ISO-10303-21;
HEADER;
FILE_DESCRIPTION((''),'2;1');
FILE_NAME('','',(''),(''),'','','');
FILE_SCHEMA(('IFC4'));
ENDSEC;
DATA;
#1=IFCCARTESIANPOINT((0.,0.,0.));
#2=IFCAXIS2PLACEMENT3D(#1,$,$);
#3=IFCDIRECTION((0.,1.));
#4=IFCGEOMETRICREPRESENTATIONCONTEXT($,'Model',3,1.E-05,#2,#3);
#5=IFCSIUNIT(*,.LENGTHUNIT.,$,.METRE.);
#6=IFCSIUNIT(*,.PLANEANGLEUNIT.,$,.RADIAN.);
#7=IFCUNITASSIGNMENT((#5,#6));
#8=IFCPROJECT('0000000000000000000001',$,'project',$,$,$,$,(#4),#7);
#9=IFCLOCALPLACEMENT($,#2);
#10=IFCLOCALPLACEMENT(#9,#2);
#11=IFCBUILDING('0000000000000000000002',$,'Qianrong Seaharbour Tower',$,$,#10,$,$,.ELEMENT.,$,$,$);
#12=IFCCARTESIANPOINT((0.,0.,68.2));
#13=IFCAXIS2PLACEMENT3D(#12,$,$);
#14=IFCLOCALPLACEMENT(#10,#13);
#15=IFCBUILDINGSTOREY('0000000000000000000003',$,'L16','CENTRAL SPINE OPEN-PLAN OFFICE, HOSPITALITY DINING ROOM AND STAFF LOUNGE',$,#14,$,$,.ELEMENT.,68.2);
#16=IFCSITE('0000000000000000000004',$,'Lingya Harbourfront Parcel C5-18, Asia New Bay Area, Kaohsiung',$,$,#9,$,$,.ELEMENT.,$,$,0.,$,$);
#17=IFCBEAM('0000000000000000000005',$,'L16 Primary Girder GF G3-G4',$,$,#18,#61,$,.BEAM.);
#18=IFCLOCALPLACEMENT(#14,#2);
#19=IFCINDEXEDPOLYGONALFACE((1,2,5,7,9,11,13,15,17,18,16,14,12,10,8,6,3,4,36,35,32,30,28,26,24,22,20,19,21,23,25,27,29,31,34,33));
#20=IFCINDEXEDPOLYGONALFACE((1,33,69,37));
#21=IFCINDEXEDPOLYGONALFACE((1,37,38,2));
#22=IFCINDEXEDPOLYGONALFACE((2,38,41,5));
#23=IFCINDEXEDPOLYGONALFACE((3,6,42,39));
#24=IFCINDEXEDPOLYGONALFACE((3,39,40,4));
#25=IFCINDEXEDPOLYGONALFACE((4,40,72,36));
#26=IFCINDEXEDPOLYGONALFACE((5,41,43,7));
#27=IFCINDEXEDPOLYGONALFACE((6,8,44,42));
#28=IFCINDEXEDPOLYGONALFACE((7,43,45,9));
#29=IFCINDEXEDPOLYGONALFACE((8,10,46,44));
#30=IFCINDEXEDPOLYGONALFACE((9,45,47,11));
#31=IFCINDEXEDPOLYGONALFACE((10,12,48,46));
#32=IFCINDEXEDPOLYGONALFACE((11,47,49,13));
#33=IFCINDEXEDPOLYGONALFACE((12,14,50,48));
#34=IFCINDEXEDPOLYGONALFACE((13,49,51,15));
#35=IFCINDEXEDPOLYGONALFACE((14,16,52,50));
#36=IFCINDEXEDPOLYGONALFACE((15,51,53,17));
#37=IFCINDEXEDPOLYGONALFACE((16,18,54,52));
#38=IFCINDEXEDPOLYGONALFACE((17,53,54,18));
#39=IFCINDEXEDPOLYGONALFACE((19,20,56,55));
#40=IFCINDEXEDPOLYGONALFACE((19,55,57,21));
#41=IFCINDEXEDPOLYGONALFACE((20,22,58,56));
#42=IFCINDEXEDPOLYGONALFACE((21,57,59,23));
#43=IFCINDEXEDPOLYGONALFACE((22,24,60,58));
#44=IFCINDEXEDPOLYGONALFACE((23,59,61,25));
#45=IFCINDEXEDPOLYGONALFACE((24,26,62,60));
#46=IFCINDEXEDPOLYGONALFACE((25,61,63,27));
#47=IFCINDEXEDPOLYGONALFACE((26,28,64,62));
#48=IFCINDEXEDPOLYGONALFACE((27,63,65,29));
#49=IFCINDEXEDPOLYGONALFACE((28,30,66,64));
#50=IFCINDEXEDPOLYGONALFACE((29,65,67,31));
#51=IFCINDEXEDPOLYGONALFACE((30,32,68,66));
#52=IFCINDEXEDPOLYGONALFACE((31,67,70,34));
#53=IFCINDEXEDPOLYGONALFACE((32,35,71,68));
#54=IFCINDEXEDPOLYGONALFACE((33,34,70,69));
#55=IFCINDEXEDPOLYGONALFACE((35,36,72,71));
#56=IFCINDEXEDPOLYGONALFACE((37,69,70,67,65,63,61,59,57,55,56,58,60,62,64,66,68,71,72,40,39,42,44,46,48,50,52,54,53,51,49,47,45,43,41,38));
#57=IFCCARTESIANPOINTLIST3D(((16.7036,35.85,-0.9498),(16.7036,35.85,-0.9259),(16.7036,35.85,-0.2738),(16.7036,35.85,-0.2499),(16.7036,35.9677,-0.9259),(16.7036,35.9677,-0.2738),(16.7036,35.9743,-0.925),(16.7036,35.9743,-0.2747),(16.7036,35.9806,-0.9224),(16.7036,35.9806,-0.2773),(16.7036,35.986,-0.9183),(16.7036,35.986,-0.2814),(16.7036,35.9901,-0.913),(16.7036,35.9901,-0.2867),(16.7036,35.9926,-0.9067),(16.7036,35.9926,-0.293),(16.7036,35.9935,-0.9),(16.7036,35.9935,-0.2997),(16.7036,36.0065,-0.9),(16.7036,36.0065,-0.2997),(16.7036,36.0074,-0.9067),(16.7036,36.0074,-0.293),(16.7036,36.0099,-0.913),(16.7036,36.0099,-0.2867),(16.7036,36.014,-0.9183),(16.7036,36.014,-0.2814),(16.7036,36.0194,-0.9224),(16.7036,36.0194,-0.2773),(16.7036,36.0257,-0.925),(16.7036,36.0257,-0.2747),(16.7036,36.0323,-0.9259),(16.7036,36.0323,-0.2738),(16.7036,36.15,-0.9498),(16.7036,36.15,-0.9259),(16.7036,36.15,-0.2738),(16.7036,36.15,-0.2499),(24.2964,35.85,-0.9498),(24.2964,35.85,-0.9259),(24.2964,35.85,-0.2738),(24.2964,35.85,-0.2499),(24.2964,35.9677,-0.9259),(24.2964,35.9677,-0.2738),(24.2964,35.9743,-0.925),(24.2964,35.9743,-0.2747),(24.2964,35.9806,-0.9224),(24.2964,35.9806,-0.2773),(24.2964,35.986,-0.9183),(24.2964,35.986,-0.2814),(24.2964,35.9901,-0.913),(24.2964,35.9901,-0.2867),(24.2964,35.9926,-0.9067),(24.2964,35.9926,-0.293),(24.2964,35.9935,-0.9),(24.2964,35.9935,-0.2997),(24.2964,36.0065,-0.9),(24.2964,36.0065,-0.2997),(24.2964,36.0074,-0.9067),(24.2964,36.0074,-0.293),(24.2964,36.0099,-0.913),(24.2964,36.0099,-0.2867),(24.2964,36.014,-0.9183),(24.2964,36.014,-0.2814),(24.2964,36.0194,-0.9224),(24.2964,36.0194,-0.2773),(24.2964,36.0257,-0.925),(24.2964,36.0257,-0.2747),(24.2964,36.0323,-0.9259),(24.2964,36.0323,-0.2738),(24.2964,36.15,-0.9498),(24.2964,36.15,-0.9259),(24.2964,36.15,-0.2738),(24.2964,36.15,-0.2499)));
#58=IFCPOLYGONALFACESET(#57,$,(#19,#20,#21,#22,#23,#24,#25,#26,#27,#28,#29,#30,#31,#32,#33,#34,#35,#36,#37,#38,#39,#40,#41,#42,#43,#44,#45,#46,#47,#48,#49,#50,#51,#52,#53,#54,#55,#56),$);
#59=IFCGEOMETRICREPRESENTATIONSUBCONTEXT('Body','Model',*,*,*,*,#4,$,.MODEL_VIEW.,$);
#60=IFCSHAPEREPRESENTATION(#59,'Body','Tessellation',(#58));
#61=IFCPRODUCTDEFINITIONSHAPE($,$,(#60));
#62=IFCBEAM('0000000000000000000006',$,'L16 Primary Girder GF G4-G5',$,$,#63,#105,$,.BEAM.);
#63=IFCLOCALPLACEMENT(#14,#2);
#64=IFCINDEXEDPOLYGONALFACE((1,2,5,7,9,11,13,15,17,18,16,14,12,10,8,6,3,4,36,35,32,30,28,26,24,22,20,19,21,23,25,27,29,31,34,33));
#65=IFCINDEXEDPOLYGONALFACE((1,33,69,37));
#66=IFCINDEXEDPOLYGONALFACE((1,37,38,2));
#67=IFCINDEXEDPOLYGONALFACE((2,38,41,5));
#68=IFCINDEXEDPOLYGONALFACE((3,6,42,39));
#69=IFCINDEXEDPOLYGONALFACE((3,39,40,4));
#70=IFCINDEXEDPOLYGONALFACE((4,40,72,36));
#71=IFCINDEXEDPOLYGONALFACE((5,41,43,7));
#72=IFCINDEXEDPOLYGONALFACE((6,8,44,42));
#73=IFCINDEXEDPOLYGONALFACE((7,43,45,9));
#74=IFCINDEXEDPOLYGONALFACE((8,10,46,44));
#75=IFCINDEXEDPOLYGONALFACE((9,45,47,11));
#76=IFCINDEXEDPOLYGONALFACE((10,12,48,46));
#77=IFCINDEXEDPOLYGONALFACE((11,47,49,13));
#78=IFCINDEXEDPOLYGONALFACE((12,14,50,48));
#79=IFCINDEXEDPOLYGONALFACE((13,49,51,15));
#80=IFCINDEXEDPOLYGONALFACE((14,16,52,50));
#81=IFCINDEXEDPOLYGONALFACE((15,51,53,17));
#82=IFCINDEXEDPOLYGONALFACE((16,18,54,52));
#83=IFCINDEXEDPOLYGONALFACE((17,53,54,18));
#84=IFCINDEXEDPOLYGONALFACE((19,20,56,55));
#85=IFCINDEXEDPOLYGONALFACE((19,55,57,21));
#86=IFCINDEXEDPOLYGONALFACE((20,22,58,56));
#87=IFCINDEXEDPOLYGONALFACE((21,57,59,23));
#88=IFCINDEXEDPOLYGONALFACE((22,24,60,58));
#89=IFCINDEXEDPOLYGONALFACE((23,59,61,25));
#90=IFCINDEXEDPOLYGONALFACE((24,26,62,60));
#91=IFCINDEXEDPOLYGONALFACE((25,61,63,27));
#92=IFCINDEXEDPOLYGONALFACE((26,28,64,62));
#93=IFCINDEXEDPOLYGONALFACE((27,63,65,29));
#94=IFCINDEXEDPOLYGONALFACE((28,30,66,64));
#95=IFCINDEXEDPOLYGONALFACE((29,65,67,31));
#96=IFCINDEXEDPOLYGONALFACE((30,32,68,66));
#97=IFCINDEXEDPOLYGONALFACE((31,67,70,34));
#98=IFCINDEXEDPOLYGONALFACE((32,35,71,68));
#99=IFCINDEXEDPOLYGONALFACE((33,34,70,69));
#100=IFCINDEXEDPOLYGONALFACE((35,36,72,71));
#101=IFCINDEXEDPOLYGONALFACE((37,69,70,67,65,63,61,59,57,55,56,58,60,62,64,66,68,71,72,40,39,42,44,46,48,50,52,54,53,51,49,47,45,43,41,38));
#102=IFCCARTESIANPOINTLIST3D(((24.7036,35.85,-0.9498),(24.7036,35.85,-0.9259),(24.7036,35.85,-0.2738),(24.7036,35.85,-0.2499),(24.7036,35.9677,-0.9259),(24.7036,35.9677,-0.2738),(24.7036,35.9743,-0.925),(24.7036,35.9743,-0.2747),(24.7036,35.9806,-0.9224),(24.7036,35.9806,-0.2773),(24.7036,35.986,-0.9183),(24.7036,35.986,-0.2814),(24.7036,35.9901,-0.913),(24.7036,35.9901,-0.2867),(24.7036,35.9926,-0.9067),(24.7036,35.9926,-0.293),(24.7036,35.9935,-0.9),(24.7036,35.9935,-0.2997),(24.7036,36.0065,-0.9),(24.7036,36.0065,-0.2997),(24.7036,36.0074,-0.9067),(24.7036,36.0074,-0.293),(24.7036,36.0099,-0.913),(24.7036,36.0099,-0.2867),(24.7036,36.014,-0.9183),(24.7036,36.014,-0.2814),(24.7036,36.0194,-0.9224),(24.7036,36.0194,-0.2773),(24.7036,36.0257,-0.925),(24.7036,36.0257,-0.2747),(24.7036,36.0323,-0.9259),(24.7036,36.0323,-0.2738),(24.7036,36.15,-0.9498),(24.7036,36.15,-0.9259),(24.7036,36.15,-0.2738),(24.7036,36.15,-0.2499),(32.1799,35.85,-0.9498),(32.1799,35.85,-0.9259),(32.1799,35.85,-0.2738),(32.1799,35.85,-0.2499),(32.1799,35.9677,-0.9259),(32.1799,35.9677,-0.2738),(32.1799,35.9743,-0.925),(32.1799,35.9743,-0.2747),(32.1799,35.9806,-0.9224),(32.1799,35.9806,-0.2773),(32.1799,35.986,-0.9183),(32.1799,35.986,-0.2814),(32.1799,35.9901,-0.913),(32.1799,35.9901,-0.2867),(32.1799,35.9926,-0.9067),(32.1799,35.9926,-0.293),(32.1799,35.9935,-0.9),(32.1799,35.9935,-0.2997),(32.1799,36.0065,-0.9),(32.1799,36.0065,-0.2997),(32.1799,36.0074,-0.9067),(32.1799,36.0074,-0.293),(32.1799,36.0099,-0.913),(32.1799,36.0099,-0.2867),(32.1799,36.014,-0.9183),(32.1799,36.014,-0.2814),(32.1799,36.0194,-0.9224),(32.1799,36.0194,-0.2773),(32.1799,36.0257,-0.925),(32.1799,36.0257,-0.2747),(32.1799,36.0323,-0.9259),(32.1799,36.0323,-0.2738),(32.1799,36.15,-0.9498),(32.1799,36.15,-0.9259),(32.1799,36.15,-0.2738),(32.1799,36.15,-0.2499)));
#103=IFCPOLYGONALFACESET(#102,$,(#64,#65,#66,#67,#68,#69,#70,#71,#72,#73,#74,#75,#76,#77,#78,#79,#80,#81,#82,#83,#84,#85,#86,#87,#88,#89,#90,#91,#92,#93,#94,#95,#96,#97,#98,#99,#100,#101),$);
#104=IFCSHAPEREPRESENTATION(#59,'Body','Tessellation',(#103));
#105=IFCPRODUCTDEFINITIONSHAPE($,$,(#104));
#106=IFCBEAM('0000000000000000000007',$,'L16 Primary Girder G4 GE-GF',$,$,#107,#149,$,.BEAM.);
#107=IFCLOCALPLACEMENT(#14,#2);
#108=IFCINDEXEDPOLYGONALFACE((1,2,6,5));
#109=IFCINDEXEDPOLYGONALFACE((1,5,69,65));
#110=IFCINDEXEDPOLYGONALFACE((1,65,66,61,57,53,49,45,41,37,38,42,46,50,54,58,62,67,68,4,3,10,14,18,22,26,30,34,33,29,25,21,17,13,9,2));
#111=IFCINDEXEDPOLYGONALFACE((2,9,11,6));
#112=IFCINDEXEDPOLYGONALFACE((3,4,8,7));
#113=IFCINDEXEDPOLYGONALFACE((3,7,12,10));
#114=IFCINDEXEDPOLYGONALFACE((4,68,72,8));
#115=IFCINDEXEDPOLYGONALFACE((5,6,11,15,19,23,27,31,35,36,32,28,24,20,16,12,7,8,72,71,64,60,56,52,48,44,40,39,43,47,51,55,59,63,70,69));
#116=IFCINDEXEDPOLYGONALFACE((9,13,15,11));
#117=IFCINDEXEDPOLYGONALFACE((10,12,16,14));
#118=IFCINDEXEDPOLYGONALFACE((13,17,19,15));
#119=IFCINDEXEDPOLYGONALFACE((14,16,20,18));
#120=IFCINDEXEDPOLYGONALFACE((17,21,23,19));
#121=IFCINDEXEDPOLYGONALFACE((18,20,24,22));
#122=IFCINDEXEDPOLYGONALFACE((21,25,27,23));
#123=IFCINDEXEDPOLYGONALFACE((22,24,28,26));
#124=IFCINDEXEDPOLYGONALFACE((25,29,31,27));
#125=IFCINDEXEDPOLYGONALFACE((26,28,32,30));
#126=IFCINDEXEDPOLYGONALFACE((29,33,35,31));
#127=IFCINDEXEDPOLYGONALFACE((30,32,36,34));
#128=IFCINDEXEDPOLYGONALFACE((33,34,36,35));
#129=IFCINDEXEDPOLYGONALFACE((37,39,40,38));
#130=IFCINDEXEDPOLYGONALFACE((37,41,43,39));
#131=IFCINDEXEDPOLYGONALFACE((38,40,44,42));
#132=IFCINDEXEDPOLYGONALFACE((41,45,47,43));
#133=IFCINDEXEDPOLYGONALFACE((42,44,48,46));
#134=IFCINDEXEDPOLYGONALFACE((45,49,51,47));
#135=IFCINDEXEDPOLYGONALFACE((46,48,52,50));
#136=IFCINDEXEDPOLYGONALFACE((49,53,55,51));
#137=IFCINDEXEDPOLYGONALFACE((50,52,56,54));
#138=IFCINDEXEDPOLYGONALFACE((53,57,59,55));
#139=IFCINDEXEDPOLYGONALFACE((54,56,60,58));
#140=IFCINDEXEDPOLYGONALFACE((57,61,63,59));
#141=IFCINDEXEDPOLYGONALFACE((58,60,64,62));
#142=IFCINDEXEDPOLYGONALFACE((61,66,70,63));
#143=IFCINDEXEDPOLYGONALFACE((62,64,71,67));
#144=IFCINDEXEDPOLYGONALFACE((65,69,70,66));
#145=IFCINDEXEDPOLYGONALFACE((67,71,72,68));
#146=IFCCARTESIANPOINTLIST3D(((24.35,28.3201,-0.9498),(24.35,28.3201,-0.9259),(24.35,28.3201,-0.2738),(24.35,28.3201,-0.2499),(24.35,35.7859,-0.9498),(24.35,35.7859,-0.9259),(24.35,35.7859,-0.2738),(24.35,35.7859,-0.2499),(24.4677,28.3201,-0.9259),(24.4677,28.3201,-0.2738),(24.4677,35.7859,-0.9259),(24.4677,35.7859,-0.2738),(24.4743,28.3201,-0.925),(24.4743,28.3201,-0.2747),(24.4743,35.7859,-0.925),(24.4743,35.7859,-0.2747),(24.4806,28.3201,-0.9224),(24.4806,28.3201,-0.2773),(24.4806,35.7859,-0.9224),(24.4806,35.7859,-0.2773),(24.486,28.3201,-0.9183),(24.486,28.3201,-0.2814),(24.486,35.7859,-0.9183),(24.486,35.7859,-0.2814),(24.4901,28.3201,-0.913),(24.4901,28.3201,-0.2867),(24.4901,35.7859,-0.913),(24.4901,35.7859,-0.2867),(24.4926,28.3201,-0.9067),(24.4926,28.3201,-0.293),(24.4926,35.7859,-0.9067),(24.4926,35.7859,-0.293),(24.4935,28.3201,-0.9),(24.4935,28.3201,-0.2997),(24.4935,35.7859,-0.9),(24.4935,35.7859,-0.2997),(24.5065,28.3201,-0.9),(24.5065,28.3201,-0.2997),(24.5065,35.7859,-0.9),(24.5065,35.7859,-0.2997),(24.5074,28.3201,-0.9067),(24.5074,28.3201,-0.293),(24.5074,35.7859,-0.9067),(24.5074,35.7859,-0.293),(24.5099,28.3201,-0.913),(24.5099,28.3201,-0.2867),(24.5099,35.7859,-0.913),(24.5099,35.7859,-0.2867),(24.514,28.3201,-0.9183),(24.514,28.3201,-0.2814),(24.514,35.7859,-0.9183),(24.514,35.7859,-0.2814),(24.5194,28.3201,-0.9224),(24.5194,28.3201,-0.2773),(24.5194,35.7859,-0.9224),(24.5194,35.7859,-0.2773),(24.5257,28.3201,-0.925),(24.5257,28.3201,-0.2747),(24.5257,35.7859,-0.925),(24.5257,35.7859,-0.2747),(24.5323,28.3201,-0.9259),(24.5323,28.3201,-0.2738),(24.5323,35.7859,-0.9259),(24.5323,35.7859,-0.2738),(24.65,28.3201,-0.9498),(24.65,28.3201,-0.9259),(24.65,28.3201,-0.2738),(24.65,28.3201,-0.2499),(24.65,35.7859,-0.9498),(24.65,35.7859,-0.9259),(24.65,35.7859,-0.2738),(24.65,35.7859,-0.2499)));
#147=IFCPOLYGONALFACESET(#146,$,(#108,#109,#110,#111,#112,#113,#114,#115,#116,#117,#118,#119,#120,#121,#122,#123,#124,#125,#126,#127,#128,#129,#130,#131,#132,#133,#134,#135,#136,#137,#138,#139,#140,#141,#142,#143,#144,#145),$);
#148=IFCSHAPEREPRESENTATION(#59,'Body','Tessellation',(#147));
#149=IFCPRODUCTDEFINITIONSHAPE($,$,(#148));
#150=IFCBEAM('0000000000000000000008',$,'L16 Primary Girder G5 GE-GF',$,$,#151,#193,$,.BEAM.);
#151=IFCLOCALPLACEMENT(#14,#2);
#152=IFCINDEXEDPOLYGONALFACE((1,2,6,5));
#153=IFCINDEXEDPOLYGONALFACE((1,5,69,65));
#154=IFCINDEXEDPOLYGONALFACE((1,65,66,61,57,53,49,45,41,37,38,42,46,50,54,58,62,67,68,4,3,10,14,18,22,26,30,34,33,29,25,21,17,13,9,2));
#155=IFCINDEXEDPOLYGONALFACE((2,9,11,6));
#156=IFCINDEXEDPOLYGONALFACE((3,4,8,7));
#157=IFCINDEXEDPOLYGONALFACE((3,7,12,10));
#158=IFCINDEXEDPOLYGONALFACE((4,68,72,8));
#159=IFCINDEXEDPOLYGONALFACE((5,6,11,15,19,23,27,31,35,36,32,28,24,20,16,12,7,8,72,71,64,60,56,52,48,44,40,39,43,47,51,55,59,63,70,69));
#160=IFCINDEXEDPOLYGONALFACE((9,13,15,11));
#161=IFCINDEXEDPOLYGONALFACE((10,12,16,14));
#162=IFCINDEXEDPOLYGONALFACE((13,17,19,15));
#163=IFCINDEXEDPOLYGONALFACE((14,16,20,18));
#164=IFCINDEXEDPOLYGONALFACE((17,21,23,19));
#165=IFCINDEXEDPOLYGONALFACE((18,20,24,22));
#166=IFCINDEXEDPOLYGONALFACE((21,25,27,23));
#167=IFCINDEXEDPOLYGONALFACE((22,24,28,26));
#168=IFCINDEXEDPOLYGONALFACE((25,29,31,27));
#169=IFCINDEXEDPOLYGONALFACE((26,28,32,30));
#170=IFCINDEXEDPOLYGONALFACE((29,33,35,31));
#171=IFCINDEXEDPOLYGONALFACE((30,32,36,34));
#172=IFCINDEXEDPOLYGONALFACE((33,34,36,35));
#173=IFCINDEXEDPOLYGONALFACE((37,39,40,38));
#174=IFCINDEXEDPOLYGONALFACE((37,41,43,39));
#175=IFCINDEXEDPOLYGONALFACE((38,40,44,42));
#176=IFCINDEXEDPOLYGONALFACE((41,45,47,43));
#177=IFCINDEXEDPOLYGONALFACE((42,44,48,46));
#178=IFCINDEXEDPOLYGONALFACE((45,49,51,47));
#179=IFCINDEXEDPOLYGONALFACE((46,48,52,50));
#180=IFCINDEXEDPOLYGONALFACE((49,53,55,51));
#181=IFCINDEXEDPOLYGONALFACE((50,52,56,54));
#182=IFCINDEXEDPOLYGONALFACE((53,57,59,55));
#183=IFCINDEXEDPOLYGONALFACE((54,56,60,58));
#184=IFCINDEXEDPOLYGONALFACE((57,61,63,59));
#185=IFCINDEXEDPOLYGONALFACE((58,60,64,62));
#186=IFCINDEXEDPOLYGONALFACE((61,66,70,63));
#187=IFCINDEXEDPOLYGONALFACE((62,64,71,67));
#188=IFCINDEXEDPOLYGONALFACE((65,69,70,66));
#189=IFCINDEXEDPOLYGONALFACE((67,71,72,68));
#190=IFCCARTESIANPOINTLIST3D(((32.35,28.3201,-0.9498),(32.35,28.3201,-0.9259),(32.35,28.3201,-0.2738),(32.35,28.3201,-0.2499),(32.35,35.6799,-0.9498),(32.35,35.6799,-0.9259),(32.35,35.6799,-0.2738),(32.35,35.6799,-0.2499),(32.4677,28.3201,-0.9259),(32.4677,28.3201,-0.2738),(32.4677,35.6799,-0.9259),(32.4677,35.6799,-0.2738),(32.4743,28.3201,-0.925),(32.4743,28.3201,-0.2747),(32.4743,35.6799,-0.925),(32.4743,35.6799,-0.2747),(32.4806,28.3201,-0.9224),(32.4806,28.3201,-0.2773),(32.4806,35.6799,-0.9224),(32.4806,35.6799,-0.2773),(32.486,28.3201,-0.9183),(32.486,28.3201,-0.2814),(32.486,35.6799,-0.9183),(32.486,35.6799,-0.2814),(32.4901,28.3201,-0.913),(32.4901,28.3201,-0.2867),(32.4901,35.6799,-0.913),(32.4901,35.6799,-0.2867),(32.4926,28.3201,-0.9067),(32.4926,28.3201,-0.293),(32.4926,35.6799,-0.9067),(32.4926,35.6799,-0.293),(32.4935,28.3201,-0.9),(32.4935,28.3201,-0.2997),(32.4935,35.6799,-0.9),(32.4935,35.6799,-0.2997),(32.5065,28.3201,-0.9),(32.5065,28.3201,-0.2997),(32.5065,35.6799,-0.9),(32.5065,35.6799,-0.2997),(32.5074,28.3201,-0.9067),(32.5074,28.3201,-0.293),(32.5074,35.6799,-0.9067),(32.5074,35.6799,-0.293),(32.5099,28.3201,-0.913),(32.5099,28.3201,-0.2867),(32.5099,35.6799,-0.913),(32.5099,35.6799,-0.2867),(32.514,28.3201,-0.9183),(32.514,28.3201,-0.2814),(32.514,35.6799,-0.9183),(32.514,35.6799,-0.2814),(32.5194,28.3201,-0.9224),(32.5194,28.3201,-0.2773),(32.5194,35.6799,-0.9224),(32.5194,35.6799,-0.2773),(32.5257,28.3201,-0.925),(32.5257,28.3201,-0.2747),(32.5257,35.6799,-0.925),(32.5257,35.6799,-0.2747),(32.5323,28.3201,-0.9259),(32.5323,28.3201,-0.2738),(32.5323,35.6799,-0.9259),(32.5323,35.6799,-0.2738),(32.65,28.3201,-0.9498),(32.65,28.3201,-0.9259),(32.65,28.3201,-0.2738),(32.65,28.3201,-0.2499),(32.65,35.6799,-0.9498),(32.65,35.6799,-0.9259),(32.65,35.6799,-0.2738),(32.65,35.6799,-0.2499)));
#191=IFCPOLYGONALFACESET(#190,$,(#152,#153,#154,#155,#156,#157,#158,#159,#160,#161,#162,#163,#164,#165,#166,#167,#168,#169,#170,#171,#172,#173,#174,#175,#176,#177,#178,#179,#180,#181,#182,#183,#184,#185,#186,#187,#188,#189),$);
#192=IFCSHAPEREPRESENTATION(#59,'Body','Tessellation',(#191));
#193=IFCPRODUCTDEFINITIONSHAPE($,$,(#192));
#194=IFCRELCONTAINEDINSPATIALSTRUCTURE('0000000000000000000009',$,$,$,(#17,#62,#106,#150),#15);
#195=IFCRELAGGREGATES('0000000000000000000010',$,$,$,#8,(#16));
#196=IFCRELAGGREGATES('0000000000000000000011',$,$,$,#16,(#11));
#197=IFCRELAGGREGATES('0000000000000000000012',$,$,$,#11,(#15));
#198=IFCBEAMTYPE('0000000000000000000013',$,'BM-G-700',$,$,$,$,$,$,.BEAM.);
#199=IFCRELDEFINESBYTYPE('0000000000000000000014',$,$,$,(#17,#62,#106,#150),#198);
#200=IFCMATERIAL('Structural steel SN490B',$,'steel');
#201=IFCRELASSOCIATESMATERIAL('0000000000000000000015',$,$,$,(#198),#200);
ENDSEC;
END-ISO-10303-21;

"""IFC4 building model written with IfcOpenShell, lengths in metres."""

from ifc_helpers import new_model, si_unit, direction, frame, origin, origin_2d, place, context, subcontext, project, spatial, i_section, extrude, material, material_profile, profile_set, type_object, element, save


model = new_model("IFC4")

# Units and contexts
model_context = context("Model", 3, precision=1e-05, world=origin(), true_north=direction((0.0, 1.0)))
body_context = subcontext(model_context, "Body", "Model", "MODEL_VIEW")
ifc_project = project(units=[si_unit("LENGTHUNIT", "METRE"), si_unit("PLANEANGLEUNIT", "RADIAN")], contexts=[model_context])

# Site, building, storey
site_placement = place(None, origin())
site = spatial("IfcSite", under=ifc_project, at=site_placement, Name="Lingya Harbourfront Parcel C5-18, Asia New Bay Area, Kaohsiung", CompositionType="ELEMENT", RefElevation=0.0)
building_placement = place(site_placement, origin())
building = spatial("IfcBuilding", under=site, at=building_placement, Name="Qianrong Seaharbour Tower", CompositionType="ELEMENT")
storey_placement = place(building_placement, frame((0.0, 0.0, 68.2)))
storey = spatial("IfcBuildingStorey", under=building, at=storey_placement, Name="L16", Description="CENTRAL SPINE OPEN-PLAN OFFICE, HOSPITALITY DINING ROOM AND STAFF LOUNGE", CompositionType="ELEMENT", Elevation=68.2)

# Shared definitions
ifc_material_1 = material(Name="Structural steel SN490B", Category="steel")

# Beams
ifc_material_profile_1 = material_profile(ifc_material_1, i_section(OverallWidth=0.3, OverallDepth=0.7, WebThickness=0.0129, FlangeThickness=0.0239, FilletRadius=0.0259, at=origin_2d()), Name="H700x300x13x24")
ifc_profile_set_1 = profile_set([ifc_material_profile_1], Name="Structural steel SN490B")
beam_type_1 = type_object("IfcBeamType", Name="BM-G-700", PredefinedType="BEAM", material=ifc_profile_set_1)
beam_1_placement = place(storey_placement, frame((16.7036, 36.0, -0.5999), z_axis=(1.0, 0.0, 0.0), x_axis=(0.0, 1.0, 0.0)))
element("IfcBeam", 1, at=beam_1_placement, inside=storey, type_object=beam_type_1, Name="L16 Primary Girder GF G3-G4", PredefinedType="BEAM", context=body_context, shape_type="SweptSolid", body=[
    extrude(i_section(OverallWidth=0.3, OverallDepth=0.7, WebThickness=0.0129, FlangeThickness=0.0239, FilletRadius=0.0259, at=origin_2d()), origin(), (0.0, 0.0, 1.0), 7.5928),
])
beam_2_placement = place(storey_placement, frame((24.7036, 36.0, -0.5999), z_axis=(1.0, 0.0, 0.0), x_axis=(0.0, 1.0, 0.0)))
element("IfcBeam", 2, at=beam_2_placement, inside=storey, type_object=beam_type_1, Name="L16 Primary Girder GF G4-G5", PredefinedType="BEAM", context=body_context, shape_type="SweptSolid", body=[
    extrude(i_section(OverallWidth=0.3, OverallDepth=0.7, WebThickness=0.0129, FlangeThickness=0.0239, FilletRadius=0.0259, at=origin_2d()), origin(), (0.0, 0.0, 1.0), 7.4763),
])
beam_3_placement = place(storey_placement, frame((24.5, 28.3201, -0.5999), z_axis=(0.0, 1.0, 0.0), x_axis=(-1.0, 0.0, 0.0)))
element("IfcBeam", 3, at=beam_3_placement, inside=storey, type_object=beam_type_1, Name="L16 Primary Girder G4 GE-GF", PredefinedType="BEAM", context=body_context, shape_type="SweptSolid", body=[
    extrude(i_section(OverallWidth=0.3, OverallDepth=0.7, WebThickness=0.0129, FlangeThickness=0.0239, FilletRadius=0.0259, at=origin_2d()), origin(), (0.0, 0.0, 1.0), 7.4658),
])
for number, where, z_axis, x_axis, name in (
    (4, (32.5, 28.3201, -0.5999), (0.0, 1.0, 0.0), (-1.0, 0.0, 0.0), "L16 Primary Girder G5 GE-GF"),
):
    element("IfcBeam", number, at=place(storey_placement, frame(where, z_axis=z_axis, x_axis=x_axis)), inside=storey, type_object=beam_type_1, Name=name, PredefinedType="BEAM", context=body_context, shape_type="SweptSolid", body=[
        extrude(i_section(OverallWidth=0.3, OverallDepth=0.7, WebThickness=0.0129, FlangeThickness=0.0239, FilletRadius=0.0259, at=origin_2d()), origin(), (0.0, 0.0, 1.0), 7.3599),
    ])

save(model, "model.ifc")
